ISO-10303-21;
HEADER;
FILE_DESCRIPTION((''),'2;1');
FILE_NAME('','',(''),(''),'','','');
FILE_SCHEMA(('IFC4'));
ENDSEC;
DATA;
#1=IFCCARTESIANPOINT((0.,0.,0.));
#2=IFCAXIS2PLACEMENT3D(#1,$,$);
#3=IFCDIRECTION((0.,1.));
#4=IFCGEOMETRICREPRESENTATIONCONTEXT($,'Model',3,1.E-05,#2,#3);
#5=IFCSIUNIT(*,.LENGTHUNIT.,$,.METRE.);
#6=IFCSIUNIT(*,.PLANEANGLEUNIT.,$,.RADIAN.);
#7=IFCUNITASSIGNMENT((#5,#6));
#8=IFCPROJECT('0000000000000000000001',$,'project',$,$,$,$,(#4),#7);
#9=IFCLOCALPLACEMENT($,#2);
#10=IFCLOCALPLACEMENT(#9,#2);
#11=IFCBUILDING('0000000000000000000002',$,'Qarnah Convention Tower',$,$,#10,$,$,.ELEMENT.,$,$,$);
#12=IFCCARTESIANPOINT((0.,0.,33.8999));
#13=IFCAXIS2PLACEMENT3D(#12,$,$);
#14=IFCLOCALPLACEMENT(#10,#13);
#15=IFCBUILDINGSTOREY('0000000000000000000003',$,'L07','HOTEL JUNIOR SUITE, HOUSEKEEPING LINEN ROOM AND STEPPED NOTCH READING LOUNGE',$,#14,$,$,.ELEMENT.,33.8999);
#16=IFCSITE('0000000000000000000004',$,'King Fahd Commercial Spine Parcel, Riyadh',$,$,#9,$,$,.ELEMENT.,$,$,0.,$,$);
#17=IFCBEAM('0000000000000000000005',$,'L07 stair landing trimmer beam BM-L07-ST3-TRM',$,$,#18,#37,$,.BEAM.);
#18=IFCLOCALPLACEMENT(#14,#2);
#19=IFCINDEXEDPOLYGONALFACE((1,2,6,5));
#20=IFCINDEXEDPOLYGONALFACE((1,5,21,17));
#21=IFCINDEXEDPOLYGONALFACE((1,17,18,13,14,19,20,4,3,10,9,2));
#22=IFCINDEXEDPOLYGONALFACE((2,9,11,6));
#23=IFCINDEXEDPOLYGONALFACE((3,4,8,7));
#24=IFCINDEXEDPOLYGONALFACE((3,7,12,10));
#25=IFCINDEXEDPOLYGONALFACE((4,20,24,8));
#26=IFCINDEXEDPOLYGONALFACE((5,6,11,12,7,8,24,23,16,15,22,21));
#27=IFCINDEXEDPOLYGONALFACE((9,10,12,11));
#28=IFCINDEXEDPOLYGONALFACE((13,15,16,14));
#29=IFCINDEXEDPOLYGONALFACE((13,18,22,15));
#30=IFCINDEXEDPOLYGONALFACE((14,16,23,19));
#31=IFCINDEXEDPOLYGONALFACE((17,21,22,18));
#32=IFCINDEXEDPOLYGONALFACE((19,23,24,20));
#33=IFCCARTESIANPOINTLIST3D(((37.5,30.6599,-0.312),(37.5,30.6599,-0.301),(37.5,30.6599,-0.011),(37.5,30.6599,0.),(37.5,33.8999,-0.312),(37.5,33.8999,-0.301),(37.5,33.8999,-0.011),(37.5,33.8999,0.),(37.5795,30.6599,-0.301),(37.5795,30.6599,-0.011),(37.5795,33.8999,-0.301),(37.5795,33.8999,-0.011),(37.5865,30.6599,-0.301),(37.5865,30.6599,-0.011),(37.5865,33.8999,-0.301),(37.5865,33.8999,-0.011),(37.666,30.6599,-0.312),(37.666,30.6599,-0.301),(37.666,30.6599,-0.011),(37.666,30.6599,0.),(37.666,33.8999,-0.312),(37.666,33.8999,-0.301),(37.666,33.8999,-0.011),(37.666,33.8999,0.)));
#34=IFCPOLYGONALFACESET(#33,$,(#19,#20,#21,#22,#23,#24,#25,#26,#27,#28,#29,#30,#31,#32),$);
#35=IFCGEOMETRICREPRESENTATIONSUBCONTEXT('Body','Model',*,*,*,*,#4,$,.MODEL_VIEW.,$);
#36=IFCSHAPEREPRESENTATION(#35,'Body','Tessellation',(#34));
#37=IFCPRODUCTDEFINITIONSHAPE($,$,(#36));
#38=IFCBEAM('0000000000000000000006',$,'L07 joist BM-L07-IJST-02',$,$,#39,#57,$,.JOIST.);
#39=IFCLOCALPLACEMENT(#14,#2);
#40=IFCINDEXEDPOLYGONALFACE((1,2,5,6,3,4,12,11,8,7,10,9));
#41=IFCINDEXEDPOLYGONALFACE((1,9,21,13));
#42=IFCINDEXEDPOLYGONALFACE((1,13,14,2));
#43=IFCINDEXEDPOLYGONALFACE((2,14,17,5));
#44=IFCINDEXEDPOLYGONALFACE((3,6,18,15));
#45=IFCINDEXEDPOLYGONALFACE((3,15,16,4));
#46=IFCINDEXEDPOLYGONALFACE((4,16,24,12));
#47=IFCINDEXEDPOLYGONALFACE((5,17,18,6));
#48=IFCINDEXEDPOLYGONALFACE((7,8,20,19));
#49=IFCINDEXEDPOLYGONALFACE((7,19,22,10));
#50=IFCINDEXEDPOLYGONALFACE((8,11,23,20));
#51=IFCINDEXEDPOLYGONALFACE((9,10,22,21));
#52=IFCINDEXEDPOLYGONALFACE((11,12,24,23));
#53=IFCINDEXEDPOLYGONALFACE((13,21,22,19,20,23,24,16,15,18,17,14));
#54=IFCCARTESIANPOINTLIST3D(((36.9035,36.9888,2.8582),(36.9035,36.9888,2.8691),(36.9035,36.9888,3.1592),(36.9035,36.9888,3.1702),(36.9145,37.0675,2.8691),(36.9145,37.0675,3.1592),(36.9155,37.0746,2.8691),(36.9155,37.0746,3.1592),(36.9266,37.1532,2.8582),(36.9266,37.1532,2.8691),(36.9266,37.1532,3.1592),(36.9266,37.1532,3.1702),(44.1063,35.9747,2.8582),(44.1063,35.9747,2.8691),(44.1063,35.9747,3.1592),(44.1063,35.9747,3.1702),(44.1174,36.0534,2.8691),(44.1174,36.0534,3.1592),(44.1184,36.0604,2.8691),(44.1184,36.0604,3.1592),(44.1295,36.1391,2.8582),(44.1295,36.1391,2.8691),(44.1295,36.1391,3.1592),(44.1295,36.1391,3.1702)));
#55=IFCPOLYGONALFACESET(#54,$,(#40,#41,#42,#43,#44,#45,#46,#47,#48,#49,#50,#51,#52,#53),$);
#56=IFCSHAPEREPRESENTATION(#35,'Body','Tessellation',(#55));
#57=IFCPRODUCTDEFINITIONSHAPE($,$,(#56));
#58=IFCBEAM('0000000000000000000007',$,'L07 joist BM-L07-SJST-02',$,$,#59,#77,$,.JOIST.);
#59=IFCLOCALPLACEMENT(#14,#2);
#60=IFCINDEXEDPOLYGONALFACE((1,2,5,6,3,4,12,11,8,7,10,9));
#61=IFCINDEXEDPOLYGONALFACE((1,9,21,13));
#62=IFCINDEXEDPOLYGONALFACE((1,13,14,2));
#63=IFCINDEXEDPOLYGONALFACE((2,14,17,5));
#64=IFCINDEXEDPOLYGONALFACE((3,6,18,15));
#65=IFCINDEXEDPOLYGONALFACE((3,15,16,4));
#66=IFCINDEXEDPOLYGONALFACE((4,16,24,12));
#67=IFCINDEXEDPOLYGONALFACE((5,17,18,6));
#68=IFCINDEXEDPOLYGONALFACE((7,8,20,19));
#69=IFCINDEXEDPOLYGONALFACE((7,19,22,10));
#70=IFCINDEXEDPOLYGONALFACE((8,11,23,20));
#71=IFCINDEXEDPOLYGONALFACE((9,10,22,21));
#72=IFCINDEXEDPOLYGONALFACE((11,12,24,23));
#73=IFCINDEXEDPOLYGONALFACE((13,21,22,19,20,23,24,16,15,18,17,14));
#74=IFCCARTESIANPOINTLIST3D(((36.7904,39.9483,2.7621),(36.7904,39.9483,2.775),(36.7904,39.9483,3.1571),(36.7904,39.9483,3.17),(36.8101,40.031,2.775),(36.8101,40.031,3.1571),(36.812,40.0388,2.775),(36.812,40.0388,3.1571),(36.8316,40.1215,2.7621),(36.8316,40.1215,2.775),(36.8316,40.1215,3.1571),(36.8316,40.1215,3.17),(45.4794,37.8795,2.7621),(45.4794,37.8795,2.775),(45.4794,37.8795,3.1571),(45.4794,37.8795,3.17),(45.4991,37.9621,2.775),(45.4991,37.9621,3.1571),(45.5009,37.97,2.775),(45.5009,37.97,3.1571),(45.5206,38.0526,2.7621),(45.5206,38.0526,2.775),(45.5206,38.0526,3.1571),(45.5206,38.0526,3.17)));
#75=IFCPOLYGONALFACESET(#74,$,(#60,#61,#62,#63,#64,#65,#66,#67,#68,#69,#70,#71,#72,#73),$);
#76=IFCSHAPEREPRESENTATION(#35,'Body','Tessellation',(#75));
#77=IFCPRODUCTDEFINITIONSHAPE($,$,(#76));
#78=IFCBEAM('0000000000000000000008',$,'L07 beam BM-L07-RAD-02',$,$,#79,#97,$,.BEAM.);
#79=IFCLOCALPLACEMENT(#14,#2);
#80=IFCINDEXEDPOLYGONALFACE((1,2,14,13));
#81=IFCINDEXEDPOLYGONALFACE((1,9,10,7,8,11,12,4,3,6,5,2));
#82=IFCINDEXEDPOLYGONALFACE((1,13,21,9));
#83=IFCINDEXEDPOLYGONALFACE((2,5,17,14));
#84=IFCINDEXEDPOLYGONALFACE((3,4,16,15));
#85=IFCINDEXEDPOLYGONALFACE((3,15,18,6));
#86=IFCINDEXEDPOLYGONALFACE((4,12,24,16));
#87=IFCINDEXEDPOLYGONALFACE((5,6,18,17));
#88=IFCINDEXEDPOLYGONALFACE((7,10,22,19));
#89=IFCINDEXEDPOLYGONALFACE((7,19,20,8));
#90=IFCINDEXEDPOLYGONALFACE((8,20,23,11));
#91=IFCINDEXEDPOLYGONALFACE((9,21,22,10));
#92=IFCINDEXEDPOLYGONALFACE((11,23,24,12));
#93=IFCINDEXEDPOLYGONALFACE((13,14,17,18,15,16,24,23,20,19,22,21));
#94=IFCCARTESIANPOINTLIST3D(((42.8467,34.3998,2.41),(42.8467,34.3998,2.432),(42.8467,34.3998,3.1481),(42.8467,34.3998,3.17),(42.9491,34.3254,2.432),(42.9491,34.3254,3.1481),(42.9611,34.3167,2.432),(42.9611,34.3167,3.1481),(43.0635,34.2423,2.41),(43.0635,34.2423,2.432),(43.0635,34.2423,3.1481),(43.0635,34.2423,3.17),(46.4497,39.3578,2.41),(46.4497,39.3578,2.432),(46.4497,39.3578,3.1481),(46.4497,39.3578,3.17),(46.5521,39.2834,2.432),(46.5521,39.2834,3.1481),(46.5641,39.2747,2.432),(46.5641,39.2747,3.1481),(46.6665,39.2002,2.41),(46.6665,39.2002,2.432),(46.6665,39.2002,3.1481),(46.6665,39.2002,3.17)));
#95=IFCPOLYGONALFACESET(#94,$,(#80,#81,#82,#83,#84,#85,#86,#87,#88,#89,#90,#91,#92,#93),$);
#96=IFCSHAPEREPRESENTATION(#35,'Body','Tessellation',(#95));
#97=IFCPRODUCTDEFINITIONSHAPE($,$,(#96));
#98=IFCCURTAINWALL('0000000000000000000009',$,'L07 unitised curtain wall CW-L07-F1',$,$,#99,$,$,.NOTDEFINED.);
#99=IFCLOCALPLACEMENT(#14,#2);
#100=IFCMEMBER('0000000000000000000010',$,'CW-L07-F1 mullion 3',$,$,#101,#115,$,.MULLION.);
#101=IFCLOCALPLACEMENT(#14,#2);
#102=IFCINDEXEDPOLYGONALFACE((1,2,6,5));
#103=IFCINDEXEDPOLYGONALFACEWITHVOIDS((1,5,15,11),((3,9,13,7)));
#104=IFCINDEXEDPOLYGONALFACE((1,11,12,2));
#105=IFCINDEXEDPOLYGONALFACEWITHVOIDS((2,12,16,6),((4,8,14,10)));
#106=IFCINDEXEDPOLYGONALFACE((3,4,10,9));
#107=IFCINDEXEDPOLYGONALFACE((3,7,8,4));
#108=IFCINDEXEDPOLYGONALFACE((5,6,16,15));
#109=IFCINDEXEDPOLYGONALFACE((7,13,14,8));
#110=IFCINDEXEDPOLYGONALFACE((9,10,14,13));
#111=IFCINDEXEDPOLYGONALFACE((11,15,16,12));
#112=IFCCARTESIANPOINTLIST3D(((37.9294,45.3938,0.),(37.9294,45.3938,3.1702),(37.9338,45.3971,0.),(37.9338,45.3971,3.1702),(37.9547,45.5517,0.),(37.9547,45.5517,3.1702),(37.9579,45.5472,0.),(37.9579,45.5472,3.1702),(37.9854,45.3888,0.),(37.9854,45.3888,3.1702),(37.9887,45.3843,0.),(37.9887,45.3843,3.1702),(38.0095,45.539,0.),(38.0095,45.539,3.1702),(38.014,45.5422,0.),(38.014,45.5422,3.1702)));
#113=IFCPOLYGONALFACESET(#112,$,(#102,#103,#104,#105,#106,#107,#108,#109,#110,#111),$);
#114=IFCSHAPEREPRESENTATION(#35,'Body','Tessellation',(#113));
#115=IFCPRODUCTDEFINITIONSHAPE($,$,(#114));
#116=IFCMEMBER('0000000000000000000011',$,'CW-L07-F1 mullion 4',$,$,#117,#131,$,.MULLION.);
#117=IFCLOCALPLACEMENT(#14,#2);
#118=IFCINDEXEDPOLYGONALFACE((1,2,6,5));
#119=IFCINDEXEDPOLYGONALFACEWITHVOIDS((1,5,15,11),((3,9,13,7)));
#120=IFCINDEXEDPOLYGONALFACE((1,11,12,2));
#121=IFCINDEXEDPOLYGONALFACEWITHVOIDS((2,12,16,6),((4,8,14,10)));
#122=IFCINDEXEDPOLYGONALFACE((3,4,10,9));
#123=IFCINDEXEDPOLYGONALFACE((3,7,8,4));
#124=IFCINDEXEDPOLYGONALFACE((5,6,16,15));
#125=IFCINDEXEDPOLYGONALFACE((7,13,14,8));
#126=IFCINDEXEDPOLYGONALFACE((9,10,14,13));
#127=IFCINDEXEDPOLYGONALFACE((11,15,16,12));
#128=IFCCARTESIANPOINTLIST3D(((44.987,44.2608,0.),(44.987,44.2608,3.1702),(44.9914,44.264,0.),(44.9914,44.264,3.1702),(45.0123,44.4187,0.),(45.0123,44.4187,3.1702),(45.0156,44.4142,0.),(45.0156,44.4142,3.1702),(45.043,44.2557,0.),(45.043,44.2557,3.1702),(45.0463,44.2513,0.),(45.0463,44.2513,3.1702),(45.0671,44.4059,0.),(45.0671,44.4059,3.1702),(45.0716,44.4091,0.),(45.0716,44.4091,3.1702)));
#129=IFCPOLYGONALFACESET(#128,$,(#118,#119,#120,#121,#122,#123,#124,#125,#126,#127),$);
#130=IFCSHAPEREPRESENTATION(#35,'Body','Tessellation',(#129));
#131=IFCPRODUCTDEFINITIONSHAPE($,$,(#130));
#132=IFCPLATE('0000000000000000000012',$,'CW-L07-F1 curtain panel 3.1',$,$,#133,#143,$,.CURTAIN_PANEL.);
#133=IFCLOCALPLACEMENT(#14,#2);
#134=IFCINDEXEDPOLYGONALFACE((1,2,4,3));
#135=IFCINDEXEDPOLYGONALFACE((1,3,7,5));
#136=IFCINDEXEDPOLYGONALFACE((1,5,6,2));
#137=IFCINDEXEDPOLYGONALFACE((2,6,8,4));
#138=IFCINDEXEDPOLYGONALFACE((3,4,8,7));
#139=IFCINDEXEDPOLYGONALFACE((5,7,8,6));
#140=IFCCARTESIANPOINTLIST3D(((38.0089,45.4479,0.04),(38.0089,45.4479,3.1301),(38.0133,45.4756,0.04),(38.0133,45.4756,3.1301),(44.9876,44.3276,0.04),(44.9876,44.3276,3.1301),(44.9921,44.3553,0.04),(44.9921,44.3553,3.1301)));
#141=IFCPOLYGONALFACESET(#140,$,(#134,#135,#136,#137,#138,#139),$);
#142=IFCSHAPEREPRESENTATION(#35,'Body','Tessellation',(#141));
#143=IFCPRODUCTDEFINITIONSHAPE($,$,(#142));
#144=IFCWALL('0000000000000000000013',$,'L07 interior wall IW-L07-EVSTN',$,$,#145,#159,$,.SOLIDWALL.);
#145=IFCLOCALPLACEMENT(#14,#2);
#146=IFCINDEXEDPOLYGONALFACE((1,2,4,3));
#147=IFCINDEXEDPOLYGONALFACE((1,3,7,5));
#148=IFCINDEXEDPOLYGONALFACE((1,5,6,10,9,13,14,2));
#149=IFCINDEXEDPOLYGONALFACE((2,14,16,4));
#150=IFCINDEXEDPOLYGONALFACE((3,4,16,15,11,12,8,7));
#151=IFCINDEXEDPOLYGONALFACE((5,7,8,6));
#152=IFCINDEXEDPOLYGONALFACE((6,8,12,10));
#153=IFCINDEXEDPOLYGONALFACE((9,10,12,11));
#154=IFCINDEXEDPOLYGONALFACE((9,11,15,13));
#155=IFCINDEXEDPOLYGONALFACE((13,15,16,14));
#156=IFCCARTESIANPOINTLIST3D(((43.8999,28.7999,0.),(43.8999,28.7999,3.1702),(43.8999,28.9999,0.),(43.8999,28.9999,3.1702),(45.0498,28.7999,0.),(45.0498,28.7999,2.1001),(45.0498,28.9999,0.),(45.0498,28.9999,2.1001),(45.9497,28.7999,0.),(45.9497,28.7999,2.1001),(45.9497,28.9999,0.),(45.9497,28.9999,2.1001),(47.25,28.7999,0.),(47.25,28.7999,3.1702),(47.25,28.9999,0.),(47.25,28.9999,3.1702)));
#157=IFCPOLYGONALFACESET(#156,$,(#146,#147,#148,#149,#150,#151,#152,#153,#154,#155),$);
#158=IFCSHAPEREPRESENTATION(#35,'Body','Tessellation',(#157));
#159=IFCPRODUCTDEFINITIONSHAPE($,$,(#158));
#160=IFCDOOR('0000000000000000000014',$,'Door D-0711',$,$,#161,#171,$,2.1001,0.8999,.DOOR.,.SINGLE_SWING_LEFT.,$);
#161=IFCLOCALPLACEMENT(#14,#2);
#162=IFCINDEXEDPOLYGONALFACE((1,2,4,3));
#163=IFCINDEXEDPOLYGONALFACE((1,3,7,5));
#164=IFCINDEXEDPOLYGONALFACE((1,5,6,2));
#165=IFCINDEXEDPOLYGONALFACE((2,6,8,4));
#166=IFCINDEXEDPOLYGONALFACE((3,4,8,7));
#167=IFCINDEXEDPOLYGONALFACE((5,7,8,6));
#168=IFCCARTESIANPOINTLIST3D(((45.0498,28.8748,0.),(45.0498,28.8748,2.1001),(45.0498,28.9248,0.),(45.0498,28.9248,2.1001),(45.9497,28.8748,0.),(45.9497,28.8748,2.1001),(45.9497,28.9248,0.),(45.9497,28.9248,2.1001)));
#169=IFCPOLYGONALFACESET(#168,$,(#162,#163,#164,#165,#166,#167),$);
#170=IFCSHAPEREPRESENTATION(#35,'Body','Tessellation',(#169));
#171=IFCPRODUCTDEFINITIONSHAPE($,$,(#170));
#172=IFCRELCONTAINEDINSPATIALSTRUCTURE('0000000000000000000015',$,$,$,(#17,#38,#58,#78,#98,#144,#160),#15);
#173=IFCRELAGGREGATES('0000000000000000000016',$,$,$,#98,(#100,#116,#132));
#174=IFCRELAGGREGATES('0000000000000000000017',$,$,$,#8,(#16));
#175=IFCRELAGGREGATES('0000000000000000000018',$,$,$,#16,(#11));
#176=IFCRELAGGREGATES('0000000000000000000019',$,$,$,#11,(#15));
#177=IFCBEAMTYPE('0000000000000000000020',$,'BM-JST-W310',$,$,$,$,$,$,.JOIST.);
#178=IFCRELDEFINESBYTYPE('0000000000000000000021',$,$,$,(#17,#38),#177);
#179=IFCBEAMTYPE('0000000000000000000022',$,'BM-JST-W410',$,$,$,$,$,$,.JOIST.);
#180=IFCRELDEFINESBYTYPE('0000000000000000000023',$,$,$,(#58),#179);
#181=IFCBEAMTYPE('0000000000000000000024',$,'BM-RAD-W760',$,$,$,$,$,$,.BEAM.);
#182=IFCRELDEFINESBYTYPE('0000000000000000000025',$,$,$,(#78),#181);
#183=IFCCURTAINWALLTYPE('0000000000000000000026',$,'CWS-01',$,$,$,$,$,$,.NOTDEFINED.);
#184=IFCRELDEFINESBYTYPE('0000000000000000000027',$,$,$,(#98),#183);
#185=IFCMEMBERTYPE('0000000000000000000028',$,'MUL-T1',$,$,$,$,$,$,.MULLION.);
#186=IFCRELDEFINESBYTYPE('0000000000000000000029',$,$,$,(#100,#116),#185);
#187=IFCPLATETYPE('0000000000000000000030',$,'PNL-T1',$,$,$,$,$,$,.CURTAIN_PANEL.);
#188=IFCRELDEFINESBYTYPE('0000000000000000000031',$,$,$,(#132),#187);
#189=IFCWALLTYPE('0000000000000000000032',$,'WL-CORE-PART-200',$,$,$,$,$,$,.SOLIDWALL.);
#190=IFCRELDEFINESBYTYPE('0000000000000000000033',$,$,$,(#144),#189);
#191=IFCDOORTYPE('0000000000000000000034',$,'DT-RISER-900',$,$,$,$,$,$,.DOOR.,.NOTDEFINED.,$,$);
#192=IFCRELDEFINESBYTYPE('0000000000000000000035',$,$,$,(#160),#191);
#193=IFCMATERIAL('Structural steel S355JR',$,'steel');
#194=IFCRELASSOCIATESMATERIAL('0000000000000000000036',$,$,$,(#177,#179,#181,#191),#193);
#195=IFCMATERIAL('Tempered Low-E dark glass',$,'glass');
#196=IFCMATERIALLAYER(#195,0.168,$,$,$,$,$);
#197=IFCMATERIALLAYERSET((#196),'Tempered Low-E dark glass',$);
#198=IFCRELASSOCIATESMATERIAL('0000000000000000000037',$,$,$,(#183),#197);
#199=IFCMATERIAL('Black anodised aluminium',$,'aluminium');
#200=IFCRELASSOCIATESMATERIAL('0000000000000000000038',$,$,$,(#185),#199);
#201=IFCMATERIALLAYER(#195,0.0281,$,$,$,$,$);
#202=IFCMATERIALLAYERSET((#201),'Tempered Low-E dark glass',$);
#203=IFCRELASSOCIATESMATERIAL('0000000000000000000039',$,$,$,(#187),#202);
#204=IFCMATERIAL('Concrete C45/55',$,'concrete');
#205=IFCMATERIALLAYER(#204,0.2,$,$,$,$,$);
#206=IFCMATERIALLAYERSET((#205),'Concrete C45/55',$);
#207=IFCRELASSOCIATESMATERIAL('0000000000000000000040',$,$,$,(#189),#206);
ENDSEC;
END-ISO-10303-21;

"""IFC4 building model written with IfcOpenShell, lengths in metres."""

from ifc_helpers import new_model, si_unit, direction, frame, frame_2d, origin, origin_2d, place, context, subcontext, project, spatial, rectangle, hollow_rectangle, i_section, extrude, material, layer, layer_set, material_profile, profile_set, type_object, element, fill, aggregate, save


model = new_model("IFC4")

# Units and contexts
model_context = context("Model", 3, precision=1e-05, world=origin(), true_north=direction((0.0, 1.0)))
body_context = subcontext(model_context, "Body", "Model", "MODEL_VIEW")
ifc_project = project(units=[si_unit("LENGTHUNIT", "METRE"), si_unit("PLANEANGLEUNIT", "RADIAN")], contexts=[model_context])

# Site, building, storey
site_placement = place(None, origin())
site = spatial("IfcSite", under=ifc_project, at=site_placement, Name="King Fahd Commercial Spine Parcel, Riyadh", CompositionType="ELEMENT", RefElevation=0.0)
building_placement = place(site_placement, origin())
building = spatial("IfcBuilding", under=site, at=building_placement, Name="Qarnah Convention Tower", CompositionType="ELEMENT")
storey_placement = place(building_placement, frame((0.0, 0.0, 33.8999)))
storey = spatial("IfcBuildingStorey", under=building, at=storey_placement, Name="L07", Description="HOTEL JUNIOR SUITE, HOUSEKEEPING LINEN ROOM AND STEPPED NOTCH READING LOUNGE", CompositionType="ELEMENT", Elevation=33.8999)

# Beams
ifc_material_1 = material(Name="Structural steel S355JR", Category="steel")
ifc_material_profile_1 = material_profile(ifc_material_1, i_section(OverallWidth=0.166, OverallDepth=0.312, WebThickness=0.0071, FlangeThickness=0.011, at=origin_2d()), Name="W310X45")
ifc_profile_set_1 = profile_set([ifc_material_profile_1], Name="Structural steel S355JR")
beam_type_1 = type_object("IfcBeamType", Name="BM-JST-W310", PredefinedType="JOIST", material=ifc_profile_set_1)
beam_1_placement = place(storey_placement, frame((37.583, 30.6599, -0.156), z_axis=(0.0, 1.0, 0.0), x_axis=(-1.0, 0.0, 0.0)))
element("IfcBeam", 1, at=beam_1_placement, inside=storey, type_object=beam_type_1, Name="L07 stair landing trimmer beam BM-L07-ST3-TRM", PredefinedType="BEAM", context=body_context, shape_type="SweptSolid", body=[
    extrude(i_section(OverallWidth=0.166, OverallDepth=0.312, WebThickness=0.0071, FlangeThickness=0.011, at=origin_2d()), origin(), (0.0, 0.0, 1.0), 3.24),
])
beam_2_placement = place(storey_placement, frame((44.1179, 36.0569, 3.0142), z_axis=(-0.990233, 0.139424, 0.0), x_axis=(-0.139424, -0.990233, 0.0)))
element("IfcBeam", 2, at=beam_2_placement, inside=storey, type_object=beam_type_1, Name="L07 joist BM-L07-IJST-02", PredefinedType="JOIST", context=body_context, shape_type="SweptSolid", body=[
    extrude(i_section(OverallWidth=0.166, OverallDepth=0.312, WebThickness=0.0071, FlangeThickness=0.011, at=origin_2d()), origin(), (0.0, 0.0, 1.0), 7.2739),
])
ifc_material_profile_2 = material_profile(ifc_material_1, i_section(OverallWidth=0.178, OverallDepth=0.408, WebThickness=0.0081, FlangeThickness=0.0129, at=origin_2d()), Name="W410X60")
ifc_profile_set_2 = profile_set([ifc_material_profile_2], Name="Structural steel S355JR")
beam_type_2 = type_object("IfcBeamType", Name="BM-JST-W410", PredefinedType="JOIST", material=ifc_profile_set_2)
beam_3_placement = place(storey_placement, frame((45.5, 37.9661, 2.9661), z_axis=(-0.972805, 0.231625, 0.0), x_axis=(-0.231625, -0.972805, 0.0)))
element("IfcBeam", 3, at=beam_3_placement, inside=storey, type_object=beam_type_2, Name="L07 joist BM-L07-SJST-02", PredefinedType="JOIST", context=body_context, shape_type="SweptSolid", body=[
    extrude(i_section(OverallWidth=0.178, OverallDepth=0.408, WebThickness=0.0081, FlangeThickness=0.0129, at=origin_2d()), origin(), (0.0, 0.0, 1.0), 8.9319),
])
ifc_material_profile_3 = material_profile(ifc_material_1, i_section(OverallWidth=0.2681, OverallDepth=0.76, WebThickness=0.0149, FlangeThickness=0.022, at=origin_2d()), Name="W760X185")
ifc_profile_set_3 = profile_set([ifc_material_profile_3], Name="Structural steel S355JR")
beam_type_3 = type_object("IfcBeamType", Name="BM-RAD-W760", PredefinedType="BEAM", material=ifc_profile_set_3)
beam_4_placement = place(storey_placement, frame((42.9551, 34.321, 2.79), z_axis=(0.587873, 0.808953, 0.0), x_axis=(-0.808953, 0.587873, 0.0)))
element("IfcBeam", 4, at=beam_4_placement, inside=storey, type_object=beam_type_3, Name="L07 beam BM-L07-RAD-02", PredefinedType="BEAM", context=body_context, shape_type="SweptSolid", body=[
    extrude(i_section(OverallWidth=0.2681, OverallDepth=0.76, WebThickness=0.0149, FlangeThickness=0.022, at=origin_2d()), origin(), (0.0, 0.0, 1.0), 6.1289),
])

# Curtain wall, members, plate
ifc_material_2 = material(Name="Tempered Low-E dark glass", Category="glass")
ifc_layer_1 = layer(ifc_material_2, 0.168)
ifc_layer_set_1 = layer_set([ifc_layer_1], Name="Tempered Low-E dark glass")
curtain_wall_type = type_object("IfcCurtainWallType", Name="CWS-01", PredefinedType="NOTDEFINED", material=ifc_layer_set_1)
curtain_wall_placement = place(storey_placement, origin())
curtain_wall = element("IfcCurtainWall", 5, at=curtain_wall_placement, inside=storey, type_object=curtain_wall_type, Name="L07 unitised curtain wall CW-L07-F1", PredefinedType="NOTDEFINED")
ifc_material_3 = material(Name="Black anodised aluminium", Category="aluminium")
ifc_material_profile_4 = material_profile(ifc_material_3, hollow_rectangle(XDim=0.0601, YDim=0.1599, WallThickness=0.0039, at=origin_2d()), Name="MUL-60X160")
ifc_profile_set_4 = profile_set([ifc_material_profile_4], Name="Black anodised aluminium")
member_type = type_object("IfcMemberType", Name="MUL-T1", PredefinedType="MULLION", material=ifc_profile_set_4)
member_1_placement = place(storey_placement, frame((37.9717, 45.468, 0.0), z_axis=(0.0, 0.0, 1.0), x_axis=(0.987359, -0.158502, 0.0)))
member_1 = element("IfcMember", 6, at=member_1_placement, type_object=member_type, Name="CW-L07-F1 mullion 3", PredefinedType="MULLION", context=body_context, shape_type="SweptSolid", body=[
    extrude(hollow_rectangle(XDim=0.0601, YDim=0.1599, WallThickness=0.0039, at=origin_2d()), origin(), (0.0, 0.0, 1.0), 3.1702),
])
member_2_placement = place(storey_placement, frame((45.0293, 44.335, 0.0), z_axis=(0.0, 0.0, 1.0), x_axis=(0.987359, -0.158502, 0.0)))
member_2 = element("IfcMember", 7, at=member_2_placement, type_object=member_type, Name="CW-L07-F1 mullion 4", PredefinedType="MULLION", context=body_context, shape_type="SweptSolid", body=[
    extrude(hollow_rectangle(XDim=0.0601, YDim=0.1599, WallThickness=0.0039, at=origin_2d()), origin(), (0.0, 0.0, 1.0), 3.1702),
])
ifc_layer_2 = layer(ifc_material_2, 0.0281)
ifc_layer_set_2 = layer_set([ifc_layer_2], Name="Tempered Low-E dark glass")
plate_type = type_object("IfcPlateType", Name="PNL-T1", PredefinedType="CURTAIN_PANEL", material=ifc_layer_set_2)
plate_placement = place(storey_placement, frame((41.5005, 44.9016, 0.04), z_axis=(0.0, 0.0, 1.0), x_axis=(0.987359, -0.158502, 0.0)))
plate = element("IfcPlate", 8, at=plate_placement, type_object=plate_type, Name="CW-L07-F1 curtain panel 3.1", PredefinedType="CURTAIN_PANEL", context=body_context, shape_type="SweptSolid", body=[
    extrude(rectangle(XDim=7.0681, YDim=0.0281, at=origin_2d()), origin(), (0.0, 0.0, 1.0), 3.0901),
])
aggregate(curtain_wall, [member_1, member_2, plate])

# Wall, opening, door
ifc_material_4 = material(Name="Concrete C45/55", Category="concrete")
ifc_layer_3 = layer(ifc_material_4, 0.2)
ifc_layer_set_3 = layer_set([ifc_layer_3], Name="Concrete C45/55")
wall_type_1 = type_object("IfcWallType", Name="WL-CORE-PART-200", PredefinedType="SOLIDWALL", material=ifc_layer_set_3)
wall_1_placement = place(storey_placement, frame((43.8999, 28.8999, 0.0), z_axis=(0.0, 0.0, 1.0), x_axis=(1.0, 0.0, 0.0)))
wall_1 = element("IfcWall", 9, at=wall_1_placement, inside=storey, type_object=wall_type_1, Name="L07 interior wall IW-L07-EVSTN", PredefinedType="SOLIDWALL", context=body_context, shape_type="SweptSolid", body=[
    extrude(rectangle(XDim=3.3501, YDim=0.2, at=frame_2d((1.675, 0.0))), origin(), (0.0, 0.0, 1.0), 3.1702),
])
opening_1_placement = place(wall_1_placement, frame((1.1499, 0.0, 0.0)))
opening_1 = element("IfcOpeningElement", 10, at=opening_1_placement, cuts=wall_1, PredefinedType="OPENING", context=body_context, shape_type="SweptSolid", body=[
    extrude(rectangle(XDim=0.8999, YDim=2.1001, at=frame_2d((0.45, 1.05))), frame((0.0, 0.1099, 0.0), z_axis=(0.0, -1.0, 0.0), x_axis=(1.0, 0.0, 0.0)), (0.0, 0.0, 1.0), 0.22),
])
door_type_1 = type_object("IfcDoorType", Name="DT-RISER-900", OperationType="NOTDEFINED", PredefinedType="DOOR", material=ifc_material_1)
door_1_placement = place(opening_1_placement, origin())
door_1 = element("IfcDoor", 11, at=door_1_placement, inside=storey, type_object=door_type_1, Name="Door D-0711", OperationType="SINGLE_SWING_LEFT", OverallHeight=2.1001, OverallWidth=0.8999, PredefinedType="DOOR", context=body_context, shape_type="SweptSolid", body=[
    extrude(rectangle(XDim=0.8999, YDim=2.1001, at=frame_2d((0.45, 1.05))), frame((0.0, 0.0249, 0.0), z_axis=(0.0, -1.0, 0.0), x_axis=(1.0, 0.0, 0.0)), (0.0, 0.0, 1.0), 0.05),
])
fill(opening_1, door_1)

save(model, "model.ifc")
